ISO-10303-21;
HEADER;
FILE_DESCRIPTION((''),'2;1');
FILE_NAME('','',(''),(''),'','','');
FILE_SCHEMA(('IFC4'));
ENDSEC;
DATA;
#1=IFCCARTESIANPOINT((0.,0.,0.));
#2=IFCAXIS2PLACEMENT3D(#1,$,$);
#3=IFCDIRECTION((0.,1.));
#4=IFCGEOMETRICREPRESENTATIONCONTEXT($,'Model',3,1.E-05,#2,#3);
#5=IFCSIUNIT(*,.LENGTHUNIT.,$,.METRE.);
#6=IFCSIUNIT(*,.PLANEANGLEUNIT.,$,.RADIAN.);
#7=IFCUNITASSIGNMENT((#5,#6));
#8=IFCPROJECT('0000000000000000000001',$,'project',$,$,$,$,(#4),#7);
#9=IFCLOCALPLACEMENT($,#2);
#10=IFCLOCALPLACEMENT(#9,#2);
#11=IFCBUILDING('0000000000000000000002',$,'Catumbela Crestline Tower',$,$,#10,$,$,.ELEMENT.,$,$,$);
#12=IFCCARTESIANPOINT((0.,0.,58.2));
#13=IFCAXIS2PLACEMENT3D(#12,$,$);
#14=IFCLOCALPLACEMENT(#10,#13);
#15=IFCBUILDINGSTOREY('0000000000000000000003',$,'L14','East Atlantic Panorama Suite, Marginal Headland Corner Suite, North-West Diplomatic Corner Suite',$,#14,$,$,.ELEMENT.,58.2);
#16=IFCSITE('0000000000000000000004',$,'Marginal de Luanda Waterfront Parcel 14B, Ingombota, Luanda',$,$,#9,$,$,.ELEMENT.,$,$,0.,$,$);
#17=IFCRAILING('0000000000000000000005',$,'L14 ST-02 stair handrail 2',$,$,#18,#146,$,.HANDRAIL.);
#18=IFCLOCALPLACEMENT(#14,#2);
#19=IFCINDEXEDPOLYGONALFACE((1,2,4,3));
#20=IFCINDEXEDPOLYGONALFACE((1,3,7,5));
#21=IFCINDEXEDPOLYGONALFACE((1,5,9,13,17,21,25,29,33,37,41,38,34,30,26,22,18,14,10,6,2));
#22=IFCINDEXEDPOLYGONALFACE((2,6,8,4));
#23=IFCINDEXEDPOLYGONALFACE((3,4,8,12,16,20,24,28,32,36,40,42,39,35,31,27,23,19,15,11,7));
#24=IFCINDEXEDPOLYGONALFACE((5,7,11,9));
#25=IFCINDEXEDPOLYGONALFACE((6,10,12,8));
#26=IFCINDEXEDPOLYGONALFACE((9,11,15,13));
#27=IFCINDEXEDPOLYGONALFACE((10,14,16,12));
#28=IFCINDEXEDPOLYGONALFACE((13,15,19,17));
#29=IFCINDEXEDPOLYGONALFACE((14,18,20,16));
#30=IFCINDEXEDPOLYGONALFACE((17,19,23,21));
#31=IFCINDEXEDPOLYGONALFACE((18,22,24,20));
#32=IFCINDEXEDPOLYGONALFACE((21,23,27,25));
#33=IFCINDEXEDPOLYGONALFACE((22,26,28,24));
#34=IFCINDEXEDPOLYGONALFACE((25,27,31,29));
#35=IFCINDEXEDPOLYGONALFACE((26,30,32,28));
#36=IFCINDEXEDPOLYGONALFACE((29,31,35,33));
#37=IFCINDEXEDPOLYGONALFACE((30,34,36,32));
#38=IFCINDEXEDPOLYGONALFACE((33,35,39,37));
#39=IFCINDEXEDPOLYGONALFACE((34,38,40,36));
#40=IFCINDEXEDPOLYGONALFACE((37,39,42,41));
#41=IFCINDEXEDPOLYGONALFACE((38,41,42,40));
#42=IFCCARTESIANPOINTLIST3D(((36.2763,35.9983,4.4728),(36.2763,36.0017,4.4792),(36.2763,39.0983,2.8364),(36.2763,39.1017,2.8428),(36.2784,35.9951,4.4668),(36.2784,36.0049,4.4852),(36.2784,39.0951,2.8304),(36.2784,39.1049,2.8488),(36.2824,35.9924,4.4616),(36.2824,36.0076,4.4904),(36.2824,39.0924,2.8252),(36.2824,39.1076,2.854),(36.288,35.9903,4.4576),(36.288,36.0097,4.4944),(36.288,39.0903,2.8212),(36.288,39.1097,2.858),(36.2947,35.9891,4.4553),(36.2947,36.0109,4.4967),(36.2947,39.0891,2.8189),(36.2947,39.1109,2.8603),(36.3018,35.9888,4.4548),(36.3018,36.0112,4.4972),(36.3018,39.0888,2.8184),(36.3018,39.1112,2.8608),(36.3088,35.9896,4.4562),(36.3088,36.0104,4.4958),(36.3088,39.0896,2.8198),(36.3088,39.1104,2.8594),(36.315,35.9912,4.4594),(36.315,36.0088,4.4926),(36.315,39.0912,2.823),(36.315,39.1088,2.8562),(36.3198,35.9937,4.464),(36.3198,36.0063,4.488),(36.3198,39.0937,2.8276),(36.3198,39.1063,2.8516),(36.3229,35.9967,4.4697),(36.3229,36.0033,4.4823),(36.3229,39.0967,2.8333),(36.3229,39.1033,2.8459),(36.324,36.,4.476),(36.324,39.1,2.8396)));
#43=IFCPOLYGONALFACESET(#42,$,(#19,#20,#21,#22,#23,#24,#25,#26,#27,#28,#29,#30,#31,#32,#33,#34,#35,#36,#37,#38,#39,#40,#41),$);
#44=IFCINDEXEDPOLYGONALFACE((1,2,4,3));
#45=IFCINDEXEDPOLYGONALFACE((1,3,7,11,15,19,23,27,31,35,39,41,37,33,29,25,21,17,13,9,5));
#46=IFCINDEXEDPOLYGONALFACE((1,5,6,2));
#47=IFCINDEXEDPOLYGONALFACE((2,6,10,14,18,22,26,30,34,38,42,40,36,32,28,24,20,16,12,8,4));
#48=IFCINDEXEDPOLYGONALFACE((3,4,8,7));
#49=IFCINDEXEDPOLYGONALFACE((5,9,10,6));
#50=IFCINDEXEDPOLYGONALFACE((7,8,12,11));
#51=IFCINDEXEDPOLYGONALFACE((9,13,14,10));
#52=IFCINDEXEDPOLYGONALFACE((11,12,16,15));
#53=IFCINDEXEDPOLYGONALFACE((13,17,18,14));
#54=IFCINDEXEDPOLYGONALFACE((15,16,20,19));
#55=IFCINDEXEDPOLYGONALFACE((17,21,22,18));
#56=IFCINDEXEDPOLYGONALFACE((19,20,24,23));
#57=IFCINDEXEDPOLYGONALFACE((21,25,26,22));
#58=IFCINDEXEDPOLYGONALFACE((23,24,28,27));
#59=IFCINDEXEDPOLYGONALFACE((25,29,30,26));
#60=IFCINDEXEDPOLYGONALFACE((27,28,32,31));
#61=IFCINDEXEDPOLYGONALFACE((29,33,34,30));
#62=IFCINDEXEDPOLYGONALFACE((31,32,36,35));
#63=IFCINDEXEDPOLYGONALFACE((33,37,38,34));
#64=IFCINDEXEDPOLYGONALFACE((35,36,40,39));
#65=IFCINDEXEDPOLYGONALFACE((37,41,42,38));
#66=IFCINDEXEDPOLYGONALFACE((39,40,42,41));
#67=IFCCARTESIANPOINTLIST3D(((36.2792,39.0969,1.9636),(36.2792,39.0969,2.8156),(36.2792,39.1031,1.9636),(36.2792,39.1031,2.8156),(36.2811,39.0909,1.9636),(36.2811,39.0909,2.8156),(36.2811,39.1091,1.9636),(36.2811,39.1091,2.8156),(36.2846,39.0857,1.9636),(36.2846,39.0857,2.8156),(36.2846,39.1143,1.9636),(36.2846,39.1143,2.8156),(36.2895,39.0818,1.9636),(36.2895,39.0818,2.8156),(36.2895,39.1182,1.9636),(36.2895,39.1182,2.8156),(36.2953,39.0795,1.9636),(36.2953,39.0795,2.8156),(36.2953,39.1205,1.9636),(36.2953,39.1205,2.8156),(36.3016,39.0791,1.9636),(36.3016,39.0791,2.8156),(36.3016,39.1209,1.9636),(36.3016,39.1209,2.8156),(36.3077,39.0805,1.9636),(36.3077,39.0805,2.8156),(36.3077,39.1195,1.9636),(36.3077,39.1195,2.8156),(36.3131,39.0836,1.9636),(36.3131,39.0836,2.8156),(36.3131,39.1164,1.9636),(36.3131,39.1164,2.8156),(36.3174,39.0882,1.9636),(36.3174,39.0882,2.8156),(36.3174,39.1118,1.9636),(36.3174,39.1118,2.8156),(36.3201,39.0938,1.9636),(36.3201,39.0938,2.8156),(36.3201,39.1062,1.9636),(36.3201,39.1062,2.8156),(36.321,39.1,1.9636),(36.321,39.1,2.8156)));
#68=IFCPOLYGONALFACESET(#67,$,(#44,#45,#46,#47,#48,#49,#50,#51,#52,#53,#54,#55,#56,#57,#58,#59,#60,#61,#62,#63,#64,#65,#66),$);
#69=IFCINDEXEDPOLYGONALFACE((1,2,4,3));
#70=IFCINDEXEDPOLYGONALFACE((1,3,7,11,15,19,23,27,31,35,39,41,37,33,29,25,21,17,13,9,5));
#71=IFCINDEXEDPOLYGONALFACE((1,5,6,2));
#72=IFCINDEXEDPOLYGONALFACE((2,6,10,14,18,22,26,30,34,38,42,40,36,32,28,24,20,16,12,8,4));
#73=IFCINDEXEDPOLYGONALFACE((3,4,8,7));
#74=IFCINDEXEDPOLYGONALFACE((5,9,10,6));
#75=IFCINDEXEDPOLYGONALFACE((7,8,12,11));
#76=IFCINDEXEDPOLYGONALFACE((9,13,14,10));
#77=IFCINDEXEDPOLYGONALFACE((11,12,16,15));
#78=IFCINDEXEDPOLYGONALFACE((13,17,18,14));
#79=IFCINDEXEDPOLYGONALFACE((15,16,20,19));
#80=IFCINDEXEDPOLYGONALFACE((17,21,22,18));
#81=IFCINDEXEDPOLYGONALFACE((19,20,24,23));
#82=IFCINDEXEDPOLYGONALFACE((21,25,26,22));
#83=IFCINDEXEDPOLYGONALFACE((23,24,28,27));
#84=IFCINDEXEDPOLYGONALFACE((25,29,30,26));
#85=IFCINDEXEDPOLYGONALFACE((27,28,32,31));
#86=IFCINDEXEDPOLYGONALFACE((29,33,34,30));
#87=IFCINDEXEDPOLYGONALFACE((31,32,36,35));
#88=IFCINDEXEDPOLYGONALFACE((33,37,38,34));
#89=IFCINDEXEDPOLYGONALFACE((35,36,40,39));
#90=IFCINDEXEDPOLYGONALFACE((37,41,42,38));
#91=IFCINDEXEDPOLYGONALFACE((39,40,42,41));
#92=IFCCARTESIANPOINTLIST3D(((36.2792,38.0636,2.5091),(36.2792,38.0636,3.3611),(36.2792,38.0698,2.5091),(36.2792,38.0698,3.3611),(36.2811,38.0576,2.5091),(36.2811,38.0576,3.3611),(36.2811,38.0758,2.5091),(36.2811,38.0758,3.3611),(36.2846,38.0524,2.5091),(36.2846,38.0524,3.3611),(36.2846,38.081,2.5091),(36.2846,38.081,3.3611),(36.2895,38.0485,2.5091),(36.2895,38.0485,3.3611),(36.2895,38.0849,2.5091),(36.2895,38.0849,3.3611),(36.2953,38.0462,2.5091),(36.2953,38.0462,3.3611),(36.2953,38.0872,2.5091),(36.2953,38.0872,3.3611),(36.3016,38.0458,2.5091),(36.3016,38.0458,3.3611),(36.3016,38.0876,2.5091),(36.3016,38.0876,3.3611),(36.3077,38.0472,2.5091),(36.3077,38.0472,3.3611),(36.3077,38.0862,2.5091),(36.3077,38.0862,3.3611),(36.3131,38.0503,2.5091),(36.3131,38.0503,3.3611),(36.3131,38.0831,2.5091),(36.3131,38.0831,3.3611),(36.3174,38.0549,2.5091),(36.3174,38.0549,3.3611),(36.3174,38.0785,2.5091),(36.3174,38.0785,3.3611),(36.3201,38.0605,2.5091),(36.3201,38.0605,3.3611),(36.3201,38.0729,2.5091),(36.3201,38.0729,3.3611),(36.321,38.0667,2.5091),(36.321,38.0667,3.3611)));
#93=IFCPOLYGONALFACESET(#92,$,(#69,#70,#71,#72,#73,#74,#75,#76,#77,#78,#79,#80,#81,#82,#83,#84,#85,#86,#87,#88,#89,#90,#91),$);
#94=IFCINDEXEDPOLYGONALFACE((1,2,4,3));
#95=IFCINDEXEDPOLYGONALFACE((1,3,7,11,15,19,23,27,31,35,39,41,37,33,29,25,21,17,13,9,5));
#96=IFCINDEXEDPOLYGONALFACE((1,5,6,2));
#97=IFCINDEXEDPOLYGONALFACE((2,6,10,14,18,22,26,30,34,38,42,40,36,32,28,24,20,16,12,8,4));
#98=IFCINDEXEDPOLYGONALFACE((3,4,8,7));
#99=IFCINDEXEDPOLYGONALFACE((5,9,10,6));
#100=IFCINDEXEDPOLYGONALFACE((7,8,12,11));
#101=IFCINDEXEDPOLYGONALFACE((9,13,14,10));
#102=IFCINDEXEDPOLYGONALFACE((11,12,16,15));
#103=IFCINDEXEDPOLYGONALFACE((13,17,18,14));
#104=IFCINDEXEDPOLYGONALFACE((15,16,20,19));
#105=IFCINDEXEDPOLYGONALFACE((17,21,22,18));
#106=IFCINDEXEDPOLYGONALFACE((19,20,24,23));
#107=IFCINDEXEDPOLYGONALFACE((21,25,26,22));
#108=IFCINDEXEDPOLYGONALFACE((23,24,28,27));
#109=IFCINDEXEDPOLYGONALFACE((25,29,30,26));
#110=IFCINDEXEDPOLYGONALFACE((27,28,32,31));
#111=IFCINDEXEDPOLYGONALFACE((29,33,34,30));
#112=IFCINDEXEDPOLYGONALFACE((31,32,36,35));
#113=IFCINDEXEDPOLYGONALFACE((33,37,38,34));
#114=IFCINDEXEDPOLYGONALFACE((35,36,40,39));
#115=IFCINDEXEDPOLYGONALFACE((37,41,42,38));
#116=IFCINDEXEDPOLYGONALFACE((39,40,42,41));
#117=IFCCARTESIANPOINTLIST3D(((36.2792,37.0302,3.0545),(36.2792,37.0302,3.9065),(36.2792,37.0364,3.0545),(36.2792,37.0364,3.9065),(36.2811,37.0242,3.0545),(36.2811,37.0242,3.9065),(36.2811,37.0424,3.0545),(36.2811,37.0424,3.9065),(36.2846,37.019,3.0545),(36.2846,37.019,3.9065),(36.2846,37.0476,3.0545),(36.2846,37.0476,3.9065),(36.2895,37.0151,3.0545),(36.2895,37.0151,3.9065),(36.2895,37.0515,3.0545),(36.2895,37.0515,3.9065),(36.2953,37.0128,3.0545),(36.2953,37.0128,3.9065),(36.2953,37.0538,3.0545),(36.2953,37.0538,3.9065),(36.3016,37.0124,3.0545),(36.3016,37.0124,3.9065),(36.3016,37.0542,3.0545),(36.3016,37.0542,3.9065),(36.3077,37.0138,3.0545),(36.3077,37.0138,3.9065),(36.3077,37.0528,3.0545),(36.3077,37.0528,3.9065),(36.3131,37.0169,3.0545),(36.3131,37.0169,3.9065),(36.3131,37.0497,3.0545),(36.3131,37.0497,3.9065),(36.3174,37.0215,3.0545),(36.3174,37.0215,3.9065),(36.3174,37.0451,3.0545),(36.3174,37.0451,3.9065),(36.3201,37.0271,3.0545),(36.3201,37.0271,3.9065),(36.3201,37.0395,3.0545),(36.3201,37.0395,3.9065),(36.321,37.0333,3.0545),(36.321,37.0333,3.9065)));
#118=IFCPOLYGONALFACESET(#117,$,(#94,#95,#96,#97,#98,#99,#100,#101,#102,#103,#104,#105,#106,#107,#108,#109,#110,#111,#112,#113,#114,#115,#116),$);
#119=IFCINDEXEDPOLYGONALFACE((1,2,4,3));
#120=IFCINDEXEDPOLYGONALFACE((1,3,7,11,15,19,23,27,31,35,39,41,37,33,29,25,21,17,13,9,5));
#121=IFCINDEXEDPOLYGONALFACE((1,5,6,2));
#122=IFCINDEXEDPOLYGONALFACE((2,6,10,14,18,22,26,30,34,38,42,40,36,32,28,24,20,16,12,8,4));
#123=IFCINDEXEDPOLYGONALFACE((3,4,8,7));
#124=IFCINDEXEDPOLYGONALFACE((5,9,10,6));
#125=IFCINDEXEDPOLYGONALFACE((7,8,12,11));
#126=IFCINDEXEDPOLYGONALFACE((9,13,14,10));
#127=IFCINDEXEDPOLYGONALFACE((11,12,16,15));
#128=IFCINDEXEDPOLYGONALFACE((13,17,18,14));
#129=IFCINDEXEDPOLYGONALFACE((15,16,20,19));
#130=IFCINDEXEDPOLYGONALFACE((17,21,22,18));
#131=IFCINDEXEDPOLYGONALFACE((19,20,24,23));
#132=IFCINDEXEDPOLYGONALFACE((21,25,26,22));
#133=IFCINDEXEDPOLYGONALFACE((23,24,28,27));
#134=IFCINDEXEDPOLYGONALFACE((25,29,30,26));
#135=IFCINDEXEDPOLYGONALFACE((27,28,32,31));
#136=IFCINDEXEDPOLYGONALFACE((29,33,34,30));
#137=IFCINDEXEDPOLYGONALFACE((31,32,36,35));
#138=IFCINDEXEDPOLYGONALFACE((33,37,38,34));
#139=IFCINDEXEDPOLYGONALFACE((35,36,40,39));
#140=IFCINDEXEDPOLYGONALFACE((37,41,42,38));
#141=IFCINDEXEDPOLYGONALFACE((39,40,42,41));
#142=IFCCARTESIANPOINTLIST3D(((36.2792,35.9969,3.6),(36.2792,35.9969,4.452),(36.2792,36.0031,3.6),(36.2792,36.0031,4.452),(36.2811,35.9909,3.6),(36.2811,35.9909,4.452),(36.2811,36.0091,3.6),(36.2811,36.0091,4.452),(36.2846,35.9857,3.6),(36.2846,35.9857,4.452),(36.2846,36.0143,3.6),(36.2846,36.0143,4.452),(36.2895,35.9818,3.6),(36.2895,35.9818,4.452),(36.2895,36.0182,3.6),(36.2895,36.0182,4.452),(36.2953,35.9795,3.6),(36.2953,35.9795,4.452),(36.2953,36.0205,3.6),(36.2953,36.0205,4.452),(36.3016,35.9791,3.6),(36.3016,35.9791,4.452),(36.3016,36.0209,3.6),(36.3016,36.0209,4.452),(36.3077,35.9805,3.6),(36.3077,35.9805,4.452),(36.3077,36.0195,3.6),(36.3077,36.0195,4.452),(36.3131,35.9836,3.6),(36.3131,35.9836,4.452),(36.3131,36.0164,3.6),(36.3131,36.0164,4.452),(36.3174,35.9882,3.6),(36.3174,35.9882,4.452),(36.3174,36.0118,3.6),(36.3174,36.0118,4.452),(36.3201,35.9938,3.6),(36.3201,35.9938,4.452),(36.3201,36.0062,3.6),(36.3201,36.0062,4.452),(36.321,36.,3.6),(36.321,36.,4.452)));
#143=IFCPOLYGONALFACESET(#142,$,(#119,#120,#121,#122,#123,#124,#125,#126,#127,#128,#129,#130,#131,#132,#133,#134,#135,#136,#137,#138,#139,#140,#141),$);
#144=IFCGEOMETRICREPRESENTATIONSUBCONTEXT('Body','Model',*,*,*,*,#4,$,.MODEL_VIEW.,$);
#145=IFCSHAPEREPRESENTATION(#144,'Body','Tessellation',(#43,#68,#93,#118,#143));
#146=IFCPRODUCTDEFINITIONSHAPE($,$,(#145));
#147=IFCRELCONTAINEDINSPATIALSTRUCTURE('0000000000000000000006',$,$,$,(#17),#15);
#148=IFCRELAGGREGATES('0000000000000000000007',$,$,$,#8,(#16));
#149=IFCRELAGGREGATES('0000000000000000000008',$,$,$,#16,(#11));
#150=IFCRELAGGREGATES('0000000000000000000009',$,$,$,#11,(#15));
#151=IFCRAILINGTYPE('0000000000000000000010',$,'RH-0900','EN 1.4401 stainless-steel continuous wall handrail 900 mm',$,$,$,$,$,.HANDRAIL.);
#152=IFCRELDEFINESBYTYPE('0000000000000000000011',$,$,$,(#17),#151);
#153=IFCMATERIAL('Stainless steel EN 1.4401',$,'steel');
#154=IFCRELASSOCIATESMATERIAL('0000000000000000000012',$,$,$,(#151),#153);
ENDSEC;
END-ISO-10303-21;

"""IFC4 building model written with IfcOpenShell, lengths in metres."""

from ifc_helpers import new_model, si_unit, direction, frame, origin, origin_2d, place, context, subcontext, project, spatial, circle, extrude, material, type_object, element, save


model = new_model("IFC4")

# Units and contexts
model_context = context("Model", 3, precision=1e-05, world=origin(), true_north=direction((0.0, 1.0)))
body_context = subcontext(model_context, "Body", "Model", "MODEL_VIEW")
ifc_project = project(units=[si_unit("LENGTHUNIT", "METRE"), si_unit("PLANEANGLEUNIT", "RADIAN")], contexts=[model_context])

# Site, building, storey
site_placement = place(None, origin())
site = spatial("IfcSite", under=ifc_project, at=site_placement, Name="Marginal de Luanda Waterfront Parcel 14B, Ingombota, Luanda", CompositionType="ELEMENT", RefElevation=0.0)
building_placement = place(site_placement, origin())
building = spatial("IfcBuilding", under=site, at=building_placement, Name="Catumbela Crestline Tower", CompositionType="ELEMENT")
storey_placement = place(building_placement, frame((0.0, 0.0, 58.2)))
storey = spatial("IfcBuildingStorey", under=building, at=storey_placement, Name="L14", Description="East Atlantic Panorama Suite, Marginal Headland Corner Suite, North-West Diplomatic Corner Suite", CompositionType="ELEMENT", Elevation=58.2)

# Shared definitions
ifc_material_1 = material(Name="Stainless steel EN 1.4401", Category="steel")

# Railing
railing_type_1 = type_object("IfcRailingType", Name="RH-0900", Description="EN 1.4401 stainless-steel continuous wall handrail 900 mm", PredefinedType="HANDRAIL", material=ifc_material_1)
railing_1_placement = place(storey_placement, frame((36.3, 39.1, 1.9636)))
element("IfcRailing", 1, at=railing_1_placement, inside=storey, type_object=railing_type_1, Name="L14 ST-02 stair handrail 2", PredefinedType="HANDRAIL", context=body_context, shape_type="SweptSolid", body=[
    extrude(circle(Radius=0.024, at=origin_2d()), frame((0.0, 0.0, 0.876), z_axis=(0.0, -0.884351, 0.466823), x_axis=(1.0, 0.0, 0.0)), (0.0, 0.0, 1.0), 3.5054),
    extrude(circle(Radius=0.021, at=origin_2d()), origin(), (0.0, 0.0, 1.0), 0.852),
    extrude(circle(Radius=0.021, at=origin_2d()), frame((0.0, -1.0333, 0.5455)), (0.0, 0.0, 1.0), 0.852),
    extrude(circle(Radius=0.021, at=origin_2d()), frame((0.0, -2.0667, 1.0909)), (0.0, 0.0, 1.0), 0.852),
    extrude(circle(Radius=0.021, at=origin_2d()), frame((0.0, -3.1, 1.6364)), (0.0, 0.0, 1.0), 0.852),
])

save(model, "model.ifc")
